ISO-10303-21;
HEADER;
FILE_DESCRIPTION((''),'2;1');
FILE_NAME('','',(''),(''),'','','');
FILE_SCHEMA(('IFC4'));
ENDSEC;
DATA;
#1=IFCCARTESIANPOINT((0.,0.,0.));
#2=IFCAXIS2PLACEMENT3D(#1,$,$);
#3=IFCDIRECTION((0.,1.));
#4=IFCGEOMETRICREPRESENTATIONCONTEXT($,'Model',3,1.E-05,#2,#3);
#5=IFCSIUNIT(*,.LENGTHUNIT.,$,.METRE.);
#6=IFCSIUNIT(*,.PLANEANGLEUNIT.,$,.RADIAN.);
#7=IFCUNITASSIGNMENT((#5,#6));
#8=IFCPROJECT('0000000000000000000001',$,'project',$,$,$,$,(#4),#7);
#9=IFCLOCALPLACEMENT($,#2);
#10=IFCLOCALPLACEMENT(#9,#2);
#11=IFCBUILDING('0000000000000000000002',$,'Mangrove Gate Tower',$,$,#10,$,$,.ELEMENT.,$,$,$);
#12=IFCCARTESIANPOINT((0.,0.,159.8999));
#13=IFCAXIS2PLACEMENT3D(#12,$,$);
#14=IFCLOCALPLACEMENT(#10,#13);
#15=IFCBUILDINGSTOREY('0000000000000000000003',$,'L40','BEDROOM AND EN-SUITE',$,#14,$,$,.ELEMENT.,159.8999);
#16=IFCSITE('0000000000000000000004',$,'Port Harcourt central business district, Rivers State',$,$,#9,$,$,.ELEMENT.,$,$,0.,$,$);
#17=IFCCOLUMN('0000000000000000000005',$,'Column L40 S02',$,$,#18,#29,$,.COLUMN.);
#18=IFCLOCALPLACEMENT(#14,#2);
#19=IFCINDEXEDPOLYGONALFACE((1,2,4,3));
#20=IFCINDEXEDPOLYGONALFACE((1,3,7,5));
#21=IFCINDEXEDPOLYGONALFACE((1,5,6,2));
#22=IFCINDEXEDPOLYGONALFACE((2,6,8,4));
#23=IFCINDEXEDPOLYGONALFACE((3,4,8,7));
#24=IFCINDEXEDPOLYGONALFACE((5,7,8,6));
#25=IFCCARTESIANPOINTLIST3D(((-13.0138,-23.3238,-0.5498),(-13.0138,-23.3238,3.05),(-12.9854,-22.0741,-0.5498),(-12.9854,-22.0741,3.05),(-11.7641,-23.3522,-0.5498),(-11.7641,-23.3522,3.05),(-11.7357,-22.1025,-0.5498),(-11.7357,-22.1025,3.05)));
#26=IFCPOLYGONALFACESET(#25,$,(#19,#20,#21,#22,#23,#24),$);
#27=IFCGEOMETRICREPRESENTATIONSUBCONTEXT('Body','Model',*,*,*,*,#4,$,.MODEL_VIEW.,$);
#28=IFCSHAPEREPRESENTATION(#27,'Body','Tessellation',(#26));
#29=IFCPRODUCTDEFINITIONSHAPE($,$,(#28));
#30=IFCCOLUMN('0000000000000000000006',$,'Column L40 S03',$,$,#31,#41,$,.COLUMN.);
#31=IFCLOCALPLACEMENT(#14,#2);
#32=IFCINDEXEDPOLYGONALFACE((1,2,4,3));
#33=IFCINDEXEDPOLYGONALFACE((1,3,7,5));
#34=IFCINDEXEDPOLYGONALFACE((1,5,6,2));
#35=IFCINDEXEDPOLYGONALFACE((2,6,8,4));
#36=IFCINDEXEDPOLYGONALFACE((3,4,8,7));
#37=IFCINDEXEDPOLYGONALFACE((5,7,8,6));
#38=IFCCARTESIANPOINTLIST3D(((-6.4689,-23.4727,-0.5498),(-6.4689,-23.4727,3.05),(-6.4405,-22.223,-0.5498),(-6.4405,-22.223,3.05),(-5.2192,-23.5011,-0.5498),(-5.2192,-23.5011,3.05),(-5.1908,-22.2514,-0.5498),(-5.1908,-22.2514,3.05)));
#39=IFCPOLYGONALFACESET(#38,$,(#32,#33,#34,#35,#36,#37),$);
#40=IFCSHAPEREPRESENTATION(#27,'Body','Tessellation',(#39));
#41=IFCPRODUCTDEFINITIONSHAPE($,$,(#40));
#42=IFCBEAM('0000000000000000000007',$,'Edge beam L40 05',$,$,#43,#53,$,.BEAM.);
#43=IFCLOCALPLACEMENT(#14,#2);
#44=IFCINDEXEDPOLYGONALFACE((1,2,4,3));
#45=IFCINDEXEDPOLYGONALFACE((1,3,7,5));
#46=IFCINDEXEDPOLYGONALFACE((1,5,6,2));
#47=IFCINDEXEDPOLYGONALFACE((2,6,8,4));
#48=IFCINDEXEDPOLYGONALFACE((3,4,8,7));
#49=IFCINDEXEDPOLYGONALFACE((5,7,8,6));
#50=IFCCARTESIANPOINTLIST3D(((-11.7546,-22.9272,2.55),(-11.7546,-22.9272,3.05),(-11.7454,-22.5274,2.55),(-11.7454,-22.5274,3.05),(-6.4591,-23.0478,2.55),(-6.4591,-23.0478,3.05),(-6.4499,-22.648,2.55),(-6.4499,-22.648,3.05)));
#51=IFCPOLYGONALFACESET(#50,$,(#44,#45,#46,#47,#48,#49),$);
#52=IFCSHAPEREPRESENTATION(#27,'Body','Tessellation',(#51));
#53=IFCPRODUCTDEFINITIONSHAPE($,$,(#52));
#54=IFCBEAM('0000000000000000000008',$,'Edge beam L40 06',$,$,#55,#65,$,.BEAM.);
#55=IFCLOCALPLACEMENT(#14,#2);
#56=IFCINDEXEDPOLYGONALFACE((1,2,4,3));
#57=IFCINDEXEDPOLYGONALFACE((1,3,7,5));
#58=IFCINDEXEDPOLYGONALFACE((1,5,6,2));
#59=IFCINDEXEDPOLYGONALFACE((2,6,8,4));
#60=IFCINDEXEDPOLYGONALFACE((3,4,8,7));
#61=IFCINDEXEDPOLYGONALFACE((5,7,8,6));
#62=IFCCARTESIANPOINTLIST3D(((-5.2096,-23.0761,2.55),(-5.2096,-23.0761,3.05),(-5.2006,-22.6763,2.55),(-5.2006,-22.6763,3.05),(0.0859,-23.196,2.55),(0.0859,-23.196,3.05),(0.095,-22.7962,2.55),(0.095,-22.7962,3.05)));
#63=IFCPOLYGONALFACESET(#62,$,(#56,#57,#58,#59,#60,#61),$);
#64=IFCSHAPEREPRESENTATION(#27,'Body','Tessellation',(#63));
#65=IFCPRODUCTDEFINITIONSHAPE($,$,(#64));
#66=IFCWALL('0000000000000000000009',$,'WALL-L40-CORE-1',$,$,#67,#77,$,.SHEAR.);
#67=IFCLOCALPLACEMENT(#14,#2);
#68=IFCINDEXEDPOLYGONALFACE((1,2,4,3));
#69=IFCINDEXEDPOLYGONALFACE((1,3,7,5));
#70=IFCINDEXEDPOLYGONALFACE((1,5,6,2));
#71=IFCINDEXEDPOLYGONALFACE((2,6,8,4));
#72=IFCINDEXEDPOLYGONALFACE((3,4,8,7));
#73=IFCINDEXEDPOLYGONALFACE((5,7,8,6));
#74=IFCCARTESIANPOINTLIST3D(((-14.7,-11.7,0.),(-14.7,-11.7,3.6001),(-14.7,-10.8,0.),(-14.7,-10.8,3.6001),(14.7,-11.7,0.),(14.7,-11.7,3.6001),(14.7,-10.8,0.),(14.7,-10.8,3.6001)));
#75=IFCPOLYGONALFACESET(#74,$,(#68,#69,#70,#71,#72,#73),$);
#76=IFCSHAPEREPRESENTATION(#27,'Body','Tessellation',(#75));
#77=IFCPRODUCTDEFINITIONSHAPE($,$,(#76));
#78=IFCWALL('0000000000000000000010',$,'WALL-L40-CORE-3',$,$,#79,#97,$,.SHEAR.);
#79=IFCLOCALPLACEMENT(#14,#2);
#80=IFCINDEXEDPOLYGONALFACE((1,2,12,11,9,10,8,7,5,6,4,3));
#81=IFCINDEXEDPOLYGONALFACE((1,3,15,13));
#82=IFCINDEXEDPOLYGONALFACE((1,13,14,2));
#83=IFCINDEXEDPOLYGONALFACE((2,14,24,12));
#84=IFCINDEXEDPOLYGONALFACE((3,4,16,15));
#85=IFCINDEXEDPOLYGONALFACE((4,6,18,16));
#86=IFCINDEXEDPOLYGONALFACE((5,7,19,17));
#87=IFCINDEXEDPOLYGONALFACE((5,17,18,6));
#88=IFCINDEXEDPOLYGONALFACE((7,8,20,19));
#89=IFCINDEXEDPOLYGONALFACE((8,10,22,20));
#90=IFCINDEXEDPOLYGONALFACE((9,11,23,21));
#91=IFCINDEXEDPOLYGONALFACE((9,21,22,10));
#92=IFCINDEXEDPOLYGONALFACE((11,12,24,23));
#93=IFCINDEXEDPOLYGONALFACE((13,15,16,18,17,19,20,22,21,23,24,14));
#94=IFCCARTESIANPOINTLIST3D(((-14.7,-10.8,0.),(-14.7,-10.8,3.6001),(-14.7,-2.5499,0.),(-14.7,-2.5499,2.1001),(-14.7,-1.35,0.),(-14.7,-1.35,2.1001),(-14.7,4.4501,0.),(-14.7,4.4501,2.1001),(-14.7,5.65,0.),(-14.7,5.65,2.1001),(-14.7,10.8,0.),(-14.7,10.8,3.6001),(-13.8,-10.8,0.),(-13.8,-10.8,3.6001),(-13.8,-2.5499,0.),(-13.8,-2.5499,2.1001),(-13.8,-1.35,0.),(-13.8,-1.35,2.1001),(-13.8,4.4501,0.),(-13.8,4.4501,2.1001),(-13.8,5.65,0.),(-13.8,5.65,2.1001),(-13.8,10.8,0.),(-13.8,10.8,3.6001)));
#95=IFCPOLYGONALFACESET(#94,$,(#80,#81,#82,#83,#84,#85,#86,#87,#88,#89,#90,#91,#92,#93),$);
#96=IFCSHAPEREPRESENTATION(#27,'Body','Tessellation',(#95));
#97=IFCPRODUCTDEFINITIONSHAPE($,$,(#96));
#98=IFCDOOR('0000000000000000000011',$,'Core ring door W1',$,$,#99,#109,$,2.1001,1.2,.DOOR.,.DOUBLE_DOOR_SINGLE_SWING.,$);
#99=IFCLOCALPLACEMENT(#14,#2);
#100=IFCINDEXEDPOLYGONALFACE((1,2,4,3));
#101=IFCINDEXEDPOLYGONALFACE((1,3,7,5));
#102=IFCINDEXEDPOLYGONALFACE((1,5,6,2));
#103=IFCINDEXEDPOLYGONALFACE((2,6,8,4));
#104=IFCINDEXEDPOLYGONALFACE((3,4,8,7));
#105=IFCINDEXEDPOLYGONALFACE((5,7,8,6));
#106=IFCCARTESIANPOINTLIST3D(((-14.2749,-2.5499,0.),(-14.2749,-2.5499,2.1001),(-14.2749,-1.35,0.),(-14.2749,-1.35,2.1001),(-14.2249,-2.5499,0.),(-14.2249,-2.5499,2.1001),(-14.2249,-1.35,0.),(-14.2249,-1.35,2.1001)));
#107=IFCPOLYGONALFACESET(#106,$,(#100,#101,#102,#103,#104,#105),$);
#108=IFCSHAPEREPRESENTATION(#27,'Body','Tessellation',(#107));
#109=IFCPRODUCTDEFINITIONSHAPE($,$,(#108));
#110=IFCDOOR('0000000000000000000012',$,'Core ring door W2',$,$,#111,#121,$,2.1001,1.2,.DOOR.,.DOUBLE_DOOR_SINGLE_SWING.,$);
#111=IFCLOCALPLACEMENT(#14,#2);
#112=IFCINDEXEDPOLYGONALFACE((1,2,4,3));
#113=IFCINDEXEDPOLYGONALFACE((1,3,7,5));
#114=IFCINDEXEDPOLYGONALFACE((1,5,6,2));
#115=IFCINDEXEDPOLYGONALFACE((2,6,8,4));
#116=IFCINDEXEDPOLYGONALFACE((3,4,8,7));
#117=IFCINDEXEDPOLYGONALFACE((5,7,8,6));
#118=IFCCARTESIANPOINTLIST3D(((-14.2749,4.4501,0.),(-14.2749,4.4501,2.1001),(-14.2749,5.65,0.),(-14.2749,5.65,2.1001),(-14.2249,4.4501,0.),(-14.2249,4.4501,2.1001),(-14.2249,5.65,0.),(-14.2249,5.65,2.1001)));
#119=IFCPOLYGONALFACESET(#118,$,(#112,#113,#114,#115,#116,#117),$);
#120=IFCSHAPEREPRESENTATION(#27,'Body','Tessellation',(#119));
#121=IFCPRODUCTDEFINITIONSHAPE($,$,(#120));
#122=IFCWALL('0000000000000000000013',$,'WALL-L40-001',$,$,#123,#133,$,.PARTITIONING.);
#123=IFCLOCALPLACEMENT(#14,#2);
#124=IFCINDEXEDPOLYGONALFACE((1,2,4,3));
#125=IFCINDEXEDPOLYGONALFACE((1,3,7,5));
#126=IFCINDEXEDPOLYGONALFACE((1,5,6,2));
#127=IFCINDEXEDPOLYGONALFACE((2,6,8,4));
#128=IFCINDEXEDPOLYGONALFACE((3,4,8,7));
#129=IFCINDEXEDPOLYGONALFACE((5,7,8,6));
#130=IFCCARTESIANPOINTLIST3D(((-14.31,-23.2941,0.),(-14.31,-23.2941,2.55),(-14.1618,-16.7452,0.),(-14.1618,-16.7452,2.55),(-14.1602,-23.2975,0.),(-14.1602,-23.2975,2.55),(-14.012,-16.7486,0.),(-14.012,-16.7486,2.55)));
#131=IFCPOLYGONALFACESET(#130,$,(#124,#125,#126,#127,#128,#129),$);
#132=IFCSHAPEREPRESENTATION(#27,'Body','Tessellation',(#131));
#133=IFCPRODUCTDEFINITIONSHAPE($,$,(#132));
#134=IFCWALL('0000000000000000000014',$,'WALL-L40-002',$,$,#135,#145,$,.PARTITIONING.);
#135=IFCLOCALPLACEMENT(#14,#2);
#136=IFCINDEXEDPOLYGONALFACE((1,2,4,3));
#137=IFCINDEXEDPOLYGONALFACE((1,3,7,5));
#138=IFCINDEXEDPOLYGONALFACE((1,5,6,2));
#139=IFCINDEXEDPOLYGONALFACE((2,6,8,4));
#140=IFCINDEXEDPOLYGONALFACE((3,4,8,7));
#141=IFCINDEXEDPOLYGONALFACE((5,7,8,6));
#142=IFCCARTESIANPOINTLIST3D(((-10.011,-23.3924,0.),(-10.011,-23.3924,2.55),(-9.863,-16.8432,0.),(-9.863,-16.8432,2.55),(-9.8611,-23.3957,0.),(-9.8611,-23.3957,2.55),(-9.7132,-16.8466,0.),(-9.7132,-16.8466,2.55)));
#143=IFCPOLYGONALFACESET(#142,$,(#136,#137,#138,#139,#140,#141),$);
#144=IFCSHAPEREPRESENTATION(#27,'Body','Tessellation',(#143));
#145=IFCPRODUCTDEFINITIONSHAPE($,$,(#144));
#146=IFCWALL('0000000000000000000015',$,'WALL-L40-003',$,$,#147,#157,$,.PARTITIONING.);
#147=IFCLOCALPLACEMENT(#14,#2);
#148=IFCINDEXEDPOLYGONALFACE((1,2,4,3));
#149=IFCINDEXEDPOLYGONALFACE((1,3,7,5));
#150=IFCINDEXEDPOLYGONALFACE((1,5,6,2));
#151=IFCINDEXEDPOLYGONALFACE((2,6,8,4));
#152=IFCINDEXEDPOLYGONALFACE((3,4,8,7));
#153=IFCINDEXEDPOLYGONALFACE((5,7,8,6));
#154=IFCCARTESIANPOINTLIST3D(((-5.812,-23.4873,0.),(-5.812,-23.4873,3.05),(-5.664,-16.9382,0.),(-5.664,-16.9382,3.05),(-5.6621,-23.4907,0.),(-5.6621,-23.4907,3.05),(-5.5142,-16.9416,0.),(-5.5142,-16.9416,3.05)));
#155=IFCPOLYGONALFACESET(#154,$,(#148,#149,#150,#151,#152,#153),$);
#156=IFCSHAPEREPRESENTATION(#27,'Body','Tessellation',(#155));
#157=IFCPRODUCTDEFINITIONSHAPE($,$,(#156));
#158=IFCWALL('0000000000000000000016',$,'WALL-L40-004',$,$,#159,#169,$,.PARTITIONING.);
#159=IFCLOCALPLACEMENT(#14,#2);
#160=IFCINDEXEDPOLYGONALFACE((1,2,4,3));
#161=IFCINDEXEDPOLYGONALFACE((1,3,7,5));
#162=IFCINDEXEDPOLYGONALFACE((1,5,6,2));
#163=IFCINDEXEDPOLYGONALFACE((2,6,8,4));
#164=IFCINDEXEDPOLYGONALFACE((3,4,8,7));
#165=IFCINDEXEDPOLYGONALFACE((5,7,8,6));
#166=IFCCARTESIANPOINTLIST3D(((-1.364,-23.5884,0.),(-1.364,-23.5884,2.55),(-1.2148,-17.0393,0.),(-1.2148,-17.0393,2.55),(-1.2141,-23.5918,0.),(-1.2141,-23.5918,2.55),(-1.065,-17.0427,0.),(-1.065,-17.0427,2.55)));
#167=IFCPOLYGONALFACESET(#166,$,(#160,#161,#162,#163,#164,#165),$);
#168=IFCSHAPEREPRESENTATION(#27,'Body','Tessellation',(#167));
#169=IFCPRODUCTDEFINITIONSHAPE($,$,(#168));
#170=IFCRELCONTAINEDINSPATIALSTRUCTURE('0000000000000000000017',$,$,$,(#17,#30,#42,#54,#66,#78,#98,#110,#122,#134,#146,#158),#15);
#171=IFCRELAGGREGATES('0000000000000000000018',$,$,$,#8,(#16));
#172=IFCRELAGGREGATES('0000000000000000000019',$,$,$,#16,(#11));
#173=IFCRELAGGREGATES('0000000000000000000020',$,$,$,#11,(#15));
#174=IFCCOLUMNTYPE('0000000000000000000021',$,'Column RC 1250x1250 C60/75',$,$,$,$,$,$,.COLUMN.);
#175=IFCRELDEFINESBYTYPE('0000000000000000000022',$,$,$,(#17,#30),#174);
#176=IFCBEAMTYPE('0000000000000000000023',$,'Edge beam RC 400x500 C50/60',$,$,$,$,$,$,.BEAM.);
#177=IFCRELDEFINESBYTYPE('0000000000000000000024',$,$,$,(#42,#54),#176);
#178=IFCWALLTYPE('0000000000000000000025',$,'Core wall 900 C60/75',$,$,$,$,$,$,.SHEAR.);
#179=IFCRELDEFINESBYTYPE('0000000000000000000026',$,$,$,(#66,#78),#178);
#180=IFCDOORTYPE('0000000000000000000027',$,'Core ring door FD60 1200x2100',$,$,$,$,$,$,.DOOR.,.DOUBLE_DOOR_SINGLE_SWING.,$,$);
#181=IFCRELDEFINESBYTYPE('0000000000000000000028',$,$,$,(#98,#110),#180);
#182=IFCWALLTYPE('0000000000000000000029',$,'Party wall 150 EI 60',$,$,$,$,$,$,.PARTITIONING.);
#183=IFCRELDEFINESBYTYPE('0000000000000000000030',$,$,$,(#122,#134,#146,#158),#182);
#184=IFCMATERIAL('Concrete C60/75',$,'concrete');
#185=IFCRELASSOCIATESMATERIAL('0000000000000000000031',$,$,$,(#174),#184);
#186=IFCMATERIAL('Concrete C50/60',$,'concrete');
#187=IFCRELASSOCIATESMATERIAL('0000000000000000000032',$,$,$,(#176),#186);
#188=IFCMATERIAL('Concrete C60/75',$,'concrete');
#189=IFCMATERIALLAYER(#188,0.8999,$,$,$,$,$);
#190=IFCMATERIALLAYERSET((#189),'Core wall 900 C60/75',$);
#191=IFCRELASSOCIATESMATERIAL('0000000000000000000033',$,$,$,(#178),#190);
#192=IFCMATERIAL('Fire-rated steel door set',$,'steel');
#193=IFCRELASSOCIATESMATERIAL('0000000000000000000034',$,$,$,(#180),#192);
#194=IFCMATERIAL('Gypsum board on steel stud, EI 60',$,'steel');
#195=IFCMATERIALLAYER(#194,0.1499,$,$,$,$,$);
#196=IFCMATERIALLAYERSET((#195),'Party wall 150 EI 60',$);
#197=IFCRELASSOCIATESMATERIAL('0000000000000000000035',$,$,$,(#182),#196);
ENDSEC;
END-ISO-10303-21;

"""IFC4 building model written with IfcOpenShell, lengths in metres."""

from ifc_helpers import new_model, si_unit, direction, frame, frame_2d, origin, origin_2d, place, context, subcontext, project, spatial, rectangle, extrude, material, layer, layer_set, material_profile, profile_set, type_object, element, fill, save


model = new_model("IFC4")

# Units and contexts
model_context = context("Model", 3, precision=1e-05, world=origin(), true_north=direction((0.0, 1.0)))
body_context = subcontext(model_context, "Body", "Model", "MODEL_VIEW")
ifc_project = project(units=[si_unit("LENGTHUNIT", "METRE"), si_unit("PLANEANGLEUNIT", "RADIAN")], contexts=[model_context])

# Site, building, storey
site_placement = place(None, origin())
site = spatial("IfcSite", under=ifc_project, at=site_placement, Name="Port Harcourt central business district, Rivers State", CompositionType="ELEMENT", RefElevation=0.0)
building_placement = place(site_placement, origin())
building = spatial("IfcBuilding", under=site, at=building_placement, Name="Mangrove Gate Tower", CompositionType="ELEMENT")
storey_placement = place(building_placement, frame((0.0, 0.0, 159.8999)))
storey = spatial("IfcBuildingStorey", under=building, at=storey_placement, Name="L40", Description="BEDROOM AND EN-SUITE", CompositionType="ELEMENT", Elevation=159.8999)

# Columns
ifc_material_1 = material(Name="Concrete C60/75", Category="concrete")
ifc_material_profile_1 = material_profile(ifc_material_1, rectangle(XDim=1.25, YDim=1.25, at=origin_2d()))
ifc_profile_set_1 = profile_set([ifc_material_profile_1], Name="Concrete C60/75")
column_type = type_object("IfcColumnType", Name="Column RC 1250x1250 C60/75", PredefinedType="COLUMN", material=ifc_profile_set_1)
for number, where, z_axis, x_axis, name in (
    (1, (-12.3748, -22.7131, -0.5498), (0.0, 0.0, 1.0), (0.999743, -0.022683, 0.0), "Column L40 S02"),
    (2, (-5.8298, -22.8621, -0.5498), (0.0, 0.0, 1.0), (0.999743, -0.022683, 0.0), "Column L40 S03"),
):
    element("IfcColumn", number, at=place(storey_placement, frame(where, z_axis=z_axis, x_axis=x_axis)), inside=storey, type_object=column_type, Name=name, PredefinedType="COLUMN", context=body_context, shape_type="SweptSolid", body=[
        extrude(rectangle(XDim=1.25, YDim=1.25, at=origin_2d()), origin(), (0.0, 0.0, 1.0), 3.5999),
    ])

# Beams
ifc_material_2 = material(Name="Concrete C50/60", Category="concrete")
ifc_material_profile_2 = material_profile(ifc_material_2, rectangle(XDim=0.3999, YDim=0.5, at=origin_2d()))
ifc_profile_set_2 = profile_set([ifc_material_profile_2], Name="Concrete C50/60")
beam_type = type_object("IfcBeamType", Name="Edge beam RC 400x500 C50/60", PredefinedType="BEAM", material=ifc_profile_set_2)
for number, where, z_axis, x_axis, name in (
    (3, (-11.75, -22.7273, 2.8), (0.999741, -0.02277, 0.0), (0.02277, 0.999741, 0.0), "Edge beam L40 05"),
    (4, (-5.2051, -22.8762, 2.8), (0.999744, -0.022631, 0.0), (0.022631, 0.999744, 0.0), "Edge beam L40 06"),
):
    element("IfcBeam", number, at=place(storey_placement, frame(where, z_axis=z_axis, x_axis=x_axis)), inside=storey, type_object=beam_type, Name=name, PredefinedType="BEAM", context=body_context, shape_type="SweptSolid", body=[
        extrude(rectangle(XDim=0.3999, YDim=0.5, at=origin_2d()), origin(), (0.0, 0.0, 1.0), 5.2969),
    ])

# Wall
ifc_material_3 = material(Name="Concrete C60/75", Category="concrete")
ifc_layer_1 = layer(ifc_material_3, 0.8999)
ifc_layer_set_1 = layer_set([ifc_layer_1], Name="Core wall 900 C60/75")
wall_type_1 = type_object("IfcWallType", Name="Core wall 900 C60/75", PredefinedType="SHEAR", material=ifc_layer_set_1)
wall_1_placement = place(storey_placement, frame((-14.7, -11.25, 0.0), z_axis=(0.0, 0.0, 1.0), x_axis=(1.0, 0.0, 0.0)))
element("IfcWall", 5, at=wall_1_placement, inside=storey, type_object=wall_type_1, Name="WALL-L40-CORE-1", PredefinedType="SHEAR", context=body_context, shape_type="SweptSolid", body=[
    extrude(rectangle(XDim=29.3999, YDim=0.8999, at=frame_2d((14.7, 0.0))), origin(), (0.0, 0.0, 1.0), 3.6001),
])

# Wall, openings, doors
wall_2_placement = place(storey_placement, frame((-14.25, -10.8, 0.0), z_axis=(0.0, 0.0, 1.0), x_axis=(0.0, 1.0, 0.0)))
wall_2 = element("IfcWall", 6, at=wall_2_placement, inside=storey, type_object=wall_type_1, Name="WALL-L40-CORE-3", PredefinedType="SHEAR", context=body_context, shape_type="SweptSolid", body=[
    extrude(rectangle(XDim=21.6001, YDim=0.8999, at=frame_2d((10.8, 0.0))), origin(), (0.0, 0.0, 1.0), 3.6001),
])
opening_1_placement = place(wall_2_placement, frame((8.25, 0.0, 0.0)))
opening_1 = element("IfcOpeningElement", 7, at=opening_1_placement, cuts=wall_2, PredefinedType="OPENING", context=body_context, shape_type="SweptSolid", body=[
    extrude(rectangle(XDim=1.2, YDim=2.1001, at=frame_2d((0.6001, 1.05))), frame((0.0, 0.46, 0.0), z_axis=(0.0, -1.0, 0.0), x_axis=(1.0, 0.0, 0.0)), (0.0, 0.0, 1.0), 0.9199),
])
opening_2_placement = place(wall_2_placement, frame((15.25, 0.0, 0.0)))
opening_2 = element("IfcOpeningElement", 8, at=opening_2_placement, cuts=wall_2, PredefinedType="OPENING", context=body_context, shape_type="SweptSolid", body=[
    extrude(rectangle(XDim=1.2, YDim=2.1001, at=frame_2d((0.6001, 1.05))), frame((0.0, 0.46, 0.0), z_axis=(0.0, -1.0, 0.0), x_axis=(1.0, 0.0, 0.0)), (0.0, 0.0, 1.0), 0.9199),
])
ifc_material_4 = material(Name="Fire-rated steel door set", Category="steel")
door_type_1 = type_object("IfcDoorType", Name="Core ring door FD60 1200x2100", OperationType="DOUBLE_DOOR_SINGLE_SWING", PredefinedType="DOOR", material=ifc_material_4)
door_1_placement = place(opening_1_placement, origin())
door_1 = element("IfcDoor", 9, at=door_1_placement, inside=storey, type_object=door_type_1, Name="Core ring door W1", OperationType="DOUBLE_DOOR_SINGLE_SWING", OverallHeight=2.1001, OverallWidth=1.2, PredefinedType="DOOR", context=body_context, shape_type="SweptSolid", body=[
    extrude(rectangle(XDim=1.2, YDim=2.1001, at=frame_2d((0.6001, 1.05))), frame((0.0, 0.0249, 0.0), z_axis=(0.0, -1.0, 0.0), x_axis=(1.0, 0.0, 0.0)), (0.0, 0.0, 1.0), 0.05),
])
fill(opening_1, door_1)
door_2_placement = place(opening_2_placement, origin())
door_2 = element("IfcDoor", 10, at=door_2_placement, inside=storey, type_object=door_type_1, Name="Core ring door W2", OperationType="DOUBLE_DOOR_SINGLE_SWING", OverallHeight=2.1001, OverallWidth=1.2, PredefinedType="DOOR", context=body_context, shape_type="SweptSolid", body=[
    extrude(rectangle(XDim=1.2, YDim=2.1001, at=frame_2d((0.6001, 1.05))), frame((0.0, 0.0249, 0.0), z_axis=(0.0, -1.0, 0.0), x_axis=(1.0, 0.0, 0.0)), (0.0, 0.0, 1.0), 0.05),
])
fill(opening_2, door_2)

# Walls
ifc_material_5 = material(Name="Gypsum board on steel stud, EI 60", Category="steel")
ifc_layer_2 = layer(ifc_material_5, 0.1499)
ifc_layer_set_2 = layer_set([ifc_layer_2], Name="Party wall 150 EI 60")
wall_type_2 = type_object("IfcWallType", Name="Party wall 150 EI 60", PredefinedType="PARTITIONING", material=ifc_layer_set_2)
wall_3_placement = place(storey_placement, frame((-14.2351, -23.2959, 0.0), z_axis=(0.0, 0.0, 1.0), x_axis=(0.022623, 0.999744, 0.0)))
element("IfcWall", 11, at=wall_3_placement, inside=storey, type_object=wall_type_2, Name="WALL-L40-001", PredefinedType="PARTITIONING", context=body_context, shape_type="SweptSolid", body=[
    extrude(rectangle(XDim=6.5505, YDim=0.1499, at=frame_2d((3.2754, 0.0))), origin(), (0.0, 0.0, 1.0), 2.55),
])
wall_4_placement = place(storey_placement, frame((-9.936, -23.394, 0.0), z_axis=(0.0, 0.0, 1.0), x_axis=(0.022585, 0.999745, 0.0)))
element("IfcWall", 12, at=wall_4_placement, inside=storey, type_object=wall_type_2, Name="WALL-L40-002", PredefinedType="PARTITIONING", context=body_context, shape_type="SweptSolid", body=[
    extrude(rectangle(XDim=6.5508, YDim=0.1499, at=frame_2d((3.2754, 0.0))), origin(), (0.0, 0.0, 1.0), 2.55),
])
wall_5_placement = place(storey_placement, frame((-5.7371, -23.489, 0.0), z_axis=(0.0, 0.0, 1.0), x_axis=(0.022585, 0.999745, 0.0)))
element("IfcWall", 13, at=wall_5_placement, inside=storey, type_object=wall_type_2, Name="WALL-L40-003", PredefinedType="PARTITIONING", context=body_context, shape_type="SweptSolid", body=[
    extrude(rectangle(XDim=6.5508, YDim=0.1499, at=frame_2d((3.2754, 0.0))), origin(), (0.0, 0.0, 1.0), 3.05),
])
wall_6_placement = place(storey_placement, frame((-1.2891, -23.5901, 0.0), z_axis=(0.0, 0.0, 1.0), x_axis=(0.022771, 0.999741, 0.0)))
element("IfcWall", 14, at=wall_6_placement, inside=storey, type_object=wall_type_2, Name="WALL-L40-004", PredefinedType="PARTITIONING", context=body_context, shape_type="SweptSolid", body=[
    extrude(rectangle(XDim=6.5508, YDim=0.1499, at=frame_2d((3.2754, 0.0))), origin(), (0.0, 0.0, 1.0), 2.55),
])

save(model, "model.ifc")
